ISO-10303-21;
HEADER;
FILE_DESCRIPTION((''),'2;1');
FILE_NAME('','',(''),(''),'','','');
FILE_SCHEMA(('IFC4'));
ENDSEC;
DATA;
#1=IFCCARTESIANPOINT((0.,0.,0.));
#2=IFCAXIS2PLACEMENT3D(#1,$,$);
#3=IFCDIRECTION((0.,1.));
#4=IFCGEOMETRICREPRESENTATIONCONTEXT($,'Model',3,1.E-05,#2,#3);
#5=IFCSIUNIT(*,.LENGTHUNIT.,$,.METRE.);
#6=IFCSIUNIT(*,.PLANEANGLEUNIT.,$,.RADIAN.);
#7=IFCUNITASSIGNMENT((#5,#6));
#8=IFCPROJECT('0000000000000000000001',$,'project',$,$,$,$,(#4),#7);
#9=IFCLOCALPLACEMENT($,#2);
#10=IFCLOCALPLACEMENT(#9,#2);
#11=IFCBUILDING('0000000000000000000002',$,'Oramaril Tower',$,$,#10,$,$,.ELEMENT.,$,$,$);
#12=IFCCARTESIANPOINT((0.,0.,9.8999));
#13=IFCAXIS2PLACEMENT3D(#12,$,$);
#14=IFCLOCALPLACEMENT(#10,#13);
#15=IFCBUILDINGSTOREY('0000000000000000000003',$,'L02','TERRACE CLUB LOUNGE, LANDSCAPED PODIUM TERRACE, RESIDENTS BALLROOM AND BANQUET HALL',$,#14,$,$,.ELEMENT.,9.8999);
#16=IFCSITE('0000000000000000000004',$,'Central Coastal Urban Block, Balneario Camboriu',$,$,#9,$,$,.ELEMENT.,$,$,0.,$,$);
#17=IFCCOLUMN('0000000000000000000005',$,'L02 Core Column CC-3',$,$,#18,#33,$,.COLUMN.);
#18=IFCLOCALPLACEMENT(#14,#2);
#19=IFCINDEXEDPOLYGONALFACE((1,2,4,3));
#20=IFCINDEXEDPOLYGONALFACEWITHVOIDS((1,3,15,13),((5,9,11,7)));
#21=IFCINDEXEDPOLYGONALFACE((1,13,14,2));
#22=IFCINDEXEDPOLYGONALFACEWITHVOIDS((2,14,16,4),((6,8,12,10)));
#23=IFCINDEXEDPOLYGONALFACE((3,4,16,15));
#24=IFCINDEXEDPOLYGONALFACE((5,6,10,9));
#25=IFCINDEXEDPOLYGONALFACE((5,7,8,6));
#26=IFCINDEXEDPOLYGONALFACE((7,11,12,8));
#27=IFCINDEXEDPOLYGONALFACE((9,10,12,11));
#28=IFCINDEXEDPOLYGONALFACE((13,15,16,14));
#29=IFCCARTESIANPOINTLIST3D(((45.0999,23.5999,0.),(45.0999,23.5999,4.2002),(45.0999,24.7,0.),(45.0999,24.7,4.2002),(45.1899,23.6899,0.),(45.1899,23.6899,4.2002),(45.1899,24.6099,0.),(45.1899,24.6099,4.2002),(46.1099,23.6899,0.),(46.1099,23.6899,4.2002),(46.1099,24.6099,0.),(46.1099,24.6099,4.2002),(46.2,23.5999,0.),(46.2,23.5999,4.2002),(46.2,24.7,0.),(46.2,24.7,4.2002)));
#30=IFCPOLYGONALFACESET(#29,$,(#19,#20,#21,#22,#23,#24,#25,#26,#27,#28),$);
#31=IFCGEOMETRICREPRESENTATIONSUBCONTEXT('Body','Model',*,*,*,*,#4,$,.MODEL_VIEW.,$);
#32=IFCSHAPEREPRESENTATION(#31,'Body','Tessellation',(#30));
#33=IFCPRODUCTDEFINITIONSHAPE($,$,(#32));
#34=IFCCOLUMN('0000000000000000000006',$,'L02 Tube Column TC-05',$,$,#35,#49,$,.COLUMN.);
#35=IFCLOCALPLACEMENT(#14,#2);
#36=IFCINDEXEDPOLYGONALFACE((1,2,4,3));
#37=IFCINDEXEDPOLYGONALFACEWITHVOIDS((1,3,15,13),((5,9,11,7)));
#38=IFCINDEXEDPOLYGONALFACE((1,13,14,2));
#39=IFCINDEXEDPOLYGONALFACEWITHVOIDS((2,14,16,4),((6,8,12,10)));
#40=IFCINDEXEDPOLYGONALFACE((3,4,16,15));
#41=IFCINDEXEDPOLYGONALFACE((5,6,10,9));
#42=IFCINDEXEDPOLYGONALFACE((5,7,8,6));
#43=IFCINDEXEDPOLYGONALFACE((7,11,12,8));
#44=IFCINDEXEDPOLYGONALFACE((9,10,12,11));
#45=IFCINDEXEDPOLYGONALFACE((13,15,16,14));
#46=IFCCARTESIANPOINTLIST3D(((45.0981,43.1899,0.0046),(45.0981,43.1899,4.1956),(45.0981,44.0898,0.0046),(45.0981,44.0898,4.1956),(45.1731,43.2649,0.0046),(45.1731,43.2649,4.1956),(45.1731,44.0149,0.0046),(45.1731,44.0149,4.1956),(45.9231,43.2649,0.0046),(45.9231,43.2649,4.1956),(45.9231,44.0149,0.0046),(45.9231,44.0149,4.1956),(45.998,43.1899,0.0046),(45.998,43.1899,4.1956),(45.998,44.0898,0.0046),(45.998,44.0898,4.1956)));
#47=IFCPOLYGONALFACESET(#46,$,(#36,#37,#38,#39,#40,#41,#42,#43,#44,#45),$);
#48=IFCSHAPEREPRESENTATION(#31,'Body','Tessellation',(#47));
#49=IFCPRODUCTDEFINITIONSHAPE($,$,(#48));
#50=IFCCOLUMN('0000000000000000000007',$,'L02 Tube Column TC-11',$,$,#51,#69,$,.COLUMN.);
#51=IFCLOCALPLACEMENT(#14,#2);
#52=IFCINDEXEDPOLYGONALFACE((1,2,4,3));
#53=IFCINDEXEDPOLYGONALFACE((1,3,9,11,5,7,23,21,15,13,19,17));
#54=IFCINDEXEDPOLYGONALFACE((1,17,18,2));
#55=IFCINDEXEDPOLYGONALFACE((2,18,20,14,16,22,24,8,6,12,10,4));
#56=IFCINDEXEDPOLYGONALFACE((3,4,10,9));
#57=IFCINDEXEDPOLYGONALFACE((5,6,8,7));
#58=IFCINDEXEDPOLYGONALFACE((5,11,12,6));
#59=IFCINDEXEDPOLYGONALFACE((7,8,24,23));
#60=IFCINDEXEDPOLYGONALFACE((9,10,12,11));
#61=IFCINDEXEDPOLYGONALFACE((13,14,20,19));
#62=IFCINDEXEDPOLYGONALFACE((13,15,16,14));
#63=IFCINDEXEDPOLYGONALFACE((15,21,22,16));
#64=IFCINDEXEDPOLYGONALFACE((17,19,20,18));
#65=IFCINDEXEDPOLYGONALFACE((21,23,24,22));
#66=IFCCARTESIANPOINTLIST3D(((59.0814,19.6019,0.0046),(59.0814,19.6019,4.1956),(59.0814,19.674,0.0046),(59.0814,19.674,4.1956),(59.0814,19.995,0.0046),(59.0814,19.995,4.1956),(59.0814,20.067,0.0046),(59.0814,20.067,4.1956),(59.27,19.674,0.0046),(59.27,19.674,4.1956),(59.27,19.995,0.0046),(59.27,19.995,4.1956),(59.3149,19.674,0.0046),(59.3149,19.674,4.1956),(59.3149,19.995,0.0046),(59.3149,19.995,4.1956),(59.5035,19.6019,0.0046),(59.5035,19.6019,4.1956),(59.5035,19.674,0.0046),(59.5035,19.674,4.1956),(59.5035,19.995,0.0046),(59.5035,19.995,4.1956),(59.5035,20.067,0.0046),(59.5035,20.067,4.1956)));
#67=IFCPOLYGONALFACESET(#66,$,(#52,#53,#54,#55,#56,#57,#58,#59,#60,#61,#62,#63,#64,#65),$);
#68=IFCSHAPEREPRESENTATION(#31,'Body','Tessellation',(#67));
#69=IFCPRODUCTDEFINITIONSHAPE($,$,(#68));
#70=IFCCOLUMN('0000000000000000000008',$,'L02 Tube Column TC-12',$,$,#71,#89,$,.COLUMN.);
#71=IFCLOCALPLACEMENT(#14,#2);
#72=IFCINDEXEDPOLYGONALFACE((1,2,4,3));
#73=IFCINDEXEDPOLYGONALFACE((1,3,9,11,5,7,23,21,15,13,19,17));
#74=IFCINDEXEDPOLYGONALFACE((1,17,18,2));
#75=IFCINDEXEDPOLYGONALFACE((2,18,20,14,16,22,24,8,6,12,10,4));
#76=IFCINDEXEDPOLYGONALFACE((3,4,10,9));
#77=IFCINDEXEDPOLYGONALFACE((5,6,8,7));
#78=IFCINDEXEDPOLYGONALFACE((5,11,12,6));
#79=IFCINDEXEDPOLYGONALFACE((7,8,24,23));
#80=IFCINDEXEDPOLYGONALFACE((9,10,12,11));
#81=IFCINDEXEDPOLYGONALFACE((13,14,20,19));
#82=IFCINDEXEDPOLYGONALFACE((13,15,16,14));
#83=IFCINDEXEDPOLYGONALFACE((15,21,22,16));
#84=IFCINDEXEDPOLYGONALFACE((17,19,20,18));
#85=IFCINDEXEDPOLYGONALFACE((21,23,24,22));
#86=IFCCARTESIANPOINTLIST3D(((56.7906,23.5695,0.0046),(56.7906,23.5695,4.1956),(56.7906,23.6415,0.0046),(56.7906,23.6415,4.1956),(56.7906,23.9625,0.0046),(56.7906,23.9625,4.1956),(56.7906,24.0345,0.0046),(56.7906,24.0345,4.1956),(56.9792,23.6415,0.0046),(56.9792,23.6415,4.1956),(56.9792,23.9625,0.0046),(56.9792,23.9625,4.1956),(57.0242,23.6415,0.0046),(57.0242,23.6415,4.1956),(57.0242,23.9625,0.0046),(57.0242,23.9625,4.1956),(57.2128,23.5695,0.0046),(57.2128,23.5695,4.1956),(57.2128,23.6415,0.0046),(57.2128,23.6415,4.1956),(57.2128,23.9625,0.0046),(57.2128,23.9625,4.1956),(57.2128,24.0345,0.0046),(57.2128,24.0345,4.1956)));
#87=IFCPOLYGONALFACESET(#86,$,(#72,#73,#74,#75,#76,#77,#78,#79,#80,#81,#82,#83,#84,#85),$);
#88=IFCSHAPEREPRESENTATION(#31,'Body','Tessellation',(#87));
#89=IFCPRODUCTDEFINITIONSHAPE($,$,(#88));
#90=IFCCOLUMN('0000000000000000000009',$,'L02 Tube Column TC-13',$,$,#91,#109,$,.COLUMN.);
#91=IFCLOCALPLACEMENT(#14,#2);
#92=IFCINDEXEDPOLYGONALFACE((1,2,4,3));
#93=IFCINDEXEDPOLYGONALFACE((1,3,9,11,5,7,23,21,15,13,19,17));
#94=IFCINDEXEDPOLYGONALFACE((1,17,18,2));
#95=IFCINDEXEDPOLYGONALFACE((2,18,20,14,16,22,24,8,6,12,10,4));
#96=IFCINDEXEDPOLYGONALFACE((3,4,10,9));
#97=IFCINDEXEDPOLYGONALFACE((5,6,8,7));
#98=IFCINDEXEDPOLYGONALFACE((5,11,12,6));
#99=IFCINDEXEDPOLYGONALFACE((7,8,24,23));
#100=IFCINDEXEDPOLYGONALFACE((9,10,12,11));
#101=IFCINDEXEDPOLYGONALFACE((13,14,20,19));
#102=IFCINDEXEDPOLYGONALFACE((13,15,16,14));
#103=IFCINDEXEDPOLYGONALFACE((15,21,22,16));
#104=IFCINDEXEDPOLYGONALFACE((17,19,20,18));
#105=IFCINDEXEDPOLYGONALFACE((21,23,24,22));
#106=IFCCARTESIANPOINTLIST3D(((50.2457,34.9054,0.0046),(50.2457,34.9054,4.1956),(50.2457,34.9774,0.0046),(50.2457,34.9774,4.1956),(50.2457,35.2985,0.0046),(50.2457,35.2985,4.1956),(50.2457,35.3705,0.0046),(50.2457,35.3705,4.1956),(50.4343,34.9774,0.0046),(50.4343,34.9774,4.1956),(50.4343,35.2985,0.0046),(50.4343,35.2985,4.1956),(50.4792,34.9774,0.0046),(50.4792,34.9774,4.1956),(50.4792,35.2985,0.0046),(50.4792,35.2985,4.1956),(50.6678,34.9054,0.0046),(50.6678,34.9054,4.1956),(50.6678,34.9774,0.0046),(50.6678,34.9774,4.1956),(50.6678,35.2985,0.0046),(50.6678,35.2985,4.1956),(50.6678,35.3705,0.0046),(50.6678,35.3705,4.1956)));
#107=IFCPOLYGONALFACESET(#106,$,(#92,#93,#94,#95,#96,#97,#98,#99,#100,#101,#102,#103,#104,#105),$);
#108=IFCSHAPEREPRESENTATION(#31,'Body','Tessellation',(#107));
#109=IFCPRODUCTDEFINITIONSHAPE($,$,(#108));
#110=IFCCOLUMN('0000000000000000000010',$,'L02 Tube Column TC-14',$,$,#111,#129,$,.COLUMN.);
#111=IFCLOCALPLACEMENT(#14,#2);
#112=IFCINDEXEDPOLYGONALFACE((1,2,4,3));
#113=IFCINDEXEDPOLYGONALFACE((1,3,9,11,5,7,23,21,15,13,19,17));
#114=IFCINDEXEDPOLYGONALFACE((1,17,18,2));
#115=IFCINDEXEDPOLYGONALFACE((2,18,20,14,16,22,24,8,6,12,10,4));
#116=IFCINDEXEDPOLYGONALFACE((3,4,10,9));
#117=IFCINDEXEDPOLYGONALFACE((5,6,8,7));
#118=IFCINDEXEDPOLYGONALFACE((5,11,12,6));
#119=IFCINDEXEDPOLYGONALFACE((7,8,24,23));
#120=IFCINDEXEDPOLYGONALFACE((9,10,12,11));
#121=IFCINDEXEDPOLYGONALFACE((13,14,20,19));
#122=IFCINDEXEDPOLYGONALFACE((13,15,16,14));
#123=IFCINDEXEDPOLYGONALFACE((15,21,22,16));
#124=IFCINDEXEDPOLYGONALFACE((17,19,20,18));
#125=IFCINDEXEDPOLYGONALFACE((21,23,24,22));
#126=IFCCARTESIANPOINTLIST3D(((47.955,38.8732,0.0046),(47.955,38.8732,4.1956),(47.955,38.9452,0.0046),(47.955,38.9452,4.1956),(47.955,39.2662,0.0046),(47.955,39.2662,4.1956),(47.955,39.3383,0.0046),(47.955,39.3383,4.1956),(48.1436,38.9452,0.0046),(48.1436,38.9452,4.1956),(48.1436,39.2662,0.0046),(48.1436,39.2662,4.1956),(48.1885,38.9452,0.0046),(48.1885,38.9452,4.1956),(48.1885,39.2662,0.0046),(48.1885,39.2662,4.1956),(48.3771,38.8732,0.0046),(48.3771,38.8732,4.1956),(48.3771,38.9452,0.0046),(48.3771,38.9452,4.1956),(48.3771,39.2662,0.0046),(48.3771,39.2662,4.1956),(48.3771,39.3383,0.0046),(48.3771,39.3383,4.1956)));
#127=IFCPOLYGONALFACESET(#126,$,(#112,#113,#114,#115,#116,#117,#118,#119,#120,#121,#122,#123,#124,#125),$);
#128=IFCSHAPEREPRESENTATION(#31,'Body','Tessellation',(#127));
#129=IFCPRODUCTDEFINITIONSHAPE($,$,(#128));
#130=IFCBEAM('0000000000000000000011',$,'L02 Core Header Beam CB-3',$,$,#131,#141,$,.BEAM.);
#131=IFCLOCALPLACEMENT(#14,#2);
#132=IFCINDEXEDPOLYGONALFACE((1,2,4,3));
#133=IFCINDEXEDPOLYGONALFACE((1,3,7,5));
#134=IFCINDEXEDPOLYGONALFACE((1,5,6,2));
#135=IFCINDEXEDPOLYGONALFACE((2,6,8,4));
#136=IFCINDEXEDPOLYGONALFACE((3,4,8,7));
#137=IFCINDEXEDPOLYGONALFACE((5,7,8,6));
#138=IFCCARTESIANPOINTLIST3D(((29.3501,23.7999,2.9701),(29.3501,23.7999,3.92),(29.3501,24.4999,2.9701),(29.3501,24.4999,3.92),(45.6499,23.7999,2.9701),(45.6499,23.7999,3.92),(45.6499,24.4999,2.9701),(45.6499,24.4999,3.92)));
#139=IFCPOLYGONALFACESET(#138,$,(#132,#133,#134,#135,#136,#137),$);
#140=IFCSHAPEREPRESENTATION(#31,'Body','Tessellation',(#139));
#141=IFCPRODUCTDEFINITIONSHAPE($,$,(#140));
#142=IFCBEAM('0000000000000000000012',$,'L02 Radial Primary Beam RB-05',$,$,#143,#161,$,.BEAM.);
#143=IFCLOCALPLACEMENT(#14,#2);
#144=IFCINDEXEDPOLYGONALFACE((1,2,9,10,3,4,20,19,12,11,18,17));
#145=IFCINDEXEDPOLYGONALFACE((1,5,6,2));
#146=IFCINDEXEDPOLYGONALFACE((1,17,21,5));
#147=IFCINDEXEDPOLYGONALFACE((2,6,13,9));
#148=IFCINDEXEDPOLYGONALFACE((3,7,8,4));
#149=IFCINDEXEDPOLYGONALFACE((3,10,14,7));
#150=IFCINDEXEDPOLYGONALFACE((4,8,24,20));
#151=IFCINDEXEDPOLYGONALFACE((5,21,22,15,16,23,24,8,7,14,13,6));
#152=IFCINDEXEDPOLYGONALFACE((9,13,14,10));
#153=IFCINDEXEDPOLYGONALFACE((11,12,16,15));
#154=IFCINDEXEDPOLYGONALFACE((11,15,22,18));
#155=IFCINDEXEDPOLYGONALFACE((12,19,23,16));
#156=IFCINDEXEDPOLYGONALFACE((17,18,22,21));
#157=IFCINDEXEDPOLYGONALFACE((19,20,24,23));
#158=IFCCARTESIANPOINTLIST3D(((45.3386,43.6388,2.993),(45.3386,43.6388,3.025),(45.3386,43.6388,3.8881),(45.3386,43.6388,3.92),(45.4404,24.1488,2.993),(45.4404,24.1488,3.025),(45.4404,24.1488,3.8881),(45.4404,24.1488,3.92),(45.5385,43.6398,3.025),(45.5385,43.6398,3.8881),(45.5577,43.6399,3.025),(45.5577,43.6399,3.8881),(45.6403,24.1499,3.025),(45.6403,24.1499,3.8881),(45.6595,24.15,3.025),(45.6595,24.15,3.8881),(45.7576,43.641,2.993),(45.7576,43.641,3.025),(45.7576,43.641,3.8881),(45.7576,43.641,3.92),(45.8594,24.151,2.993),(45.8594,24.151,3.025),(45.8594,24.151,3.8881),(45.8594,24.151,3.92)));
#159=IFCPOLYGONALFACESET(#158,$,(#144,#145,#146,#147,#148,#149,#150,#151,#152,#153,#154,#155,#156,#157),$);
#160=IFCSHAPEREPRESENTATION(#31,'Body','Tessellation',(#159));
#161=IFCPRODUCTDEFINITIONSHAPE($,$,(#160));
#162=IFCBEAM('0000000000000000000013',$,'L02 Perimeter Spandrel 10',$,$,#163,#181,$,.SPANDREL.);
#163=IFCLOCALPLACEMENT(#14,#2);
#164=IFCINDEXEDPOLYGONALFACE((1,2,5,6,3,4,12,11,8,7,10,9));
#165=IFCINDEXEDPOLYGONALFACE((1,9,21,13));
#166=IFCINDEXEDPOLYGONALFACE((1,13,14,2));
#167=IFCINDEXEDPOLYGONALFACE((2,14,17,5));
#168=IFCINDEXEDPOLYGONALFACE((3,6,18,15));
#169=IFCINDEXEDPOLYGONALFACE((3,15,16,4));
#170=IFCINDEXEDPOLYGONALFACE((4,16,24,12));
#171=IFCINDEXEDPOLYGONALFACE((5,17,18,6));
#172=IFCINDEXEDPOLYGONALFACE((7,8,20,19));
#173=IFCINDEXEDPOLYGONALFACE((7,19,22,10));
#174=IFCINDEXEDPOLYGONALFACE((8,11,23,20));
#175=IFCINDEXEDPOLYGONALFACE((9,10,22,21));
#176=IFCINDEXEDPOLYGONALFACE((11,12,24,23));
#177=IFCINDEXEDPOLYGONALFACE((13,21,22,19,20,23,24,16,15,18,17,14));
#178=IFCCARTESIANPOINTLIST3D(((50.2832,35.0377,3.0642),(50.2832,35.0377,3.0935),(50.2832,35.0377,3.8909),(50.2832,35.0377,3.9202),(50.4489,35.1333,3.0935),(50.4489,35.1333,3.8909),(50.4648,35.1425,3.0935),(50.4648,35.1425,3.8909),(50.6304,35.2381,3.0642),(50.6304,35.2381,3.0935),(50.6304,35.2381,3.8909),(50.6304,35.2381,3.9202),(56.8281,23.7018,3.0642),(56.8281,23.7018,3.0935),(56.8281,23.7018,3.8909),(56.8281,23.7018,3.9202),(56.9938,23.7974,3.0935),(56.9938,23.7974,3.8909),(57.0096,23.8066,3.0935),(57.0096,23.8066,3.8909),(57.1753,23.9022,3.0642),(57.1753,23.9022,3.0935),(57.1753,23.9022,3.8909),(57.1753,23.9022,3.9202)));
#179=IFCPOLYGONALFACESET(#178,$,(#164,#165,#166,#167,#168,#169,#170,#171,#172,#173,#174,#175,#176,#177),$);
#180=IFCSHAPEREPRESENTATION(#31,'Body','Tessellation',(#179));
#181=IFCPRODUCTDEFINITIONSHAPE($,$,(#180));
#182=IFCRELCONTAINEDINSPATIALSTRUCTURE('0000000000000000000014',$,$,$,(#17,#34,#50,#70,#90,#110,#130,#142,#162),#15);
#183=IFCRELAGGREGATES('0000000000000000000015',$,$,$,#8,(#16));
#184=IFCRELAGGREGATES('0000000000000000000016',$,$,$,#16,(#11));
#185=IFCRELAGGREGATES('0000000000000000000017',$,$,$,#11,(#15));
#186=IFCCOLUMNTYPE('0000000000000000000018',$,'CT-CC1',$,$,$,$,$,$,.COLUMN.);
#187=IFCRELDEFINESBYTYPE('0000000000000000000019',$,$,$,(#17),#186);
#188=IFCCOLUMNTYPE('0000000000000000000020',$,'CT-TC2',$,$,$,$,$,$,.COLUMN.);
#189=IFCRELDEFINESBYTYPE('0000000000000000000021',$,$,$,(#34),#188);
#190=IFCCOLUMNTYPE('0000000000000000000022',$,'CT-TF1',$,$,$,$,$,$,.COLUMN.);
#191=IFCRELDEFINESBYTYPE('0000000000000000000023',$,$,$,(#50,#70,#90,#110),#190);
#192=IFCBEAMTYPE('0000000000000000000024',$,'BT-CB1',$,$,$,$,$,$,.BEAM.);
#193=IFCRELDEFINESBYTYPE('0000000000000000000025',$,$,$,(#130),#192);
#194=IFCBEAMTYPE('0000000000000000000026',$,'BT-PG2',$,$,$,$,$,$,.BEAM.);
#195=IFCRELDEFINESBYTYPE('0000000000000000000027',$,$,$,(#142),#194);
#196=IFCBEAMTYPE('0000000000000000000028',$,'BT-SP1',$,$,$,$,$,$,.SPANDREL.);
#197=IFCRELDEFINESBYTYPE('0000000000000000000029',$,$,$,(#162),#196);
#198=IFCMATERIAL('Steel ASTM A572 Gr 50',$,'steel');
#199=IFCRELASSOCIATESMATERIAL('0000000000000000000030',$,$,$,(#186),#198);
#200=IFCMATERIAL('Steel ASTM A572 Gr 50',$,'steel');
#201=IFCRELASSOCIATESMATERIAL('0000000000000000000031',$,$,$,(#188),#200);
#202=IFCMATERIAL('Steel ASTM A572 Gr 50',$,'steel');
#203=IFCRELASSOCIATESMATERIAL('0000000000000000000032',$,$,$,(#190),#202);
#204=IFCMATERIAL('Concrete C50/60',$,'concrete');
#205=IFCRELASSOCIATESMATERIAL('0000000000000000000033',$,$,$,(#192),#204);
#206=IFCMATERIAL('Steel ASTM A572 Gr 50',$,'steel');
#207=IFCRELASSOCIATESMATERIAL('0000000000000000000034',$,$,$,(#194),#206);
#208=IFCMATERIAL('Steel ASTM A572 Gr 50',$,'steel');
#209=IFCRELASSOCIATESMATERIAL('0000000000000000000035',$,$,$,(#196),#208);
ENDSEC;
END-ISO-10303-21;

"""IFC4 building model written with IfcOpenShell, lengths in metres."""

from ifc_helpers import new_model, si_unit, direction, frame, origin, origin_2d, place, context, subcontext, project, spatial, rectangle, hollow_rectangle, i_section, extrude, material, material_profile, profile_set, type_object, element, save


model = new_model("IFC4")

# Units and contexts
model_context = context("Model", 3, precision=1e-05, world=origin(), true_north=direction((0.0, 1.0)))
body_context = subcontext(model_context, "Body", "Model", "MODEL_VIEW")
ifc_project = project(units=[si_unit("LENGTHUNIT", "METRE"), si_unit("PLANEANGLEUNIT", "RADIAN")], contexts=[model_context])

# Site, building, storey
site_placement = place(None, origin())
site = spatial("IfcSite", under=ifc_project, at=site_placement, Name="Central Coastal Urban Block, Balneario Camboriu", CompositionType="ELEMENT", RefElevation=0.0)
building_placement = place(site_placement, origin())
building = spatial("IfcBuilding", under=site, at=building_placement, Name="Oramaril Tower", CompositionType="ELEMENT")
storey_placement = place(building_placement, frame((0.0, 0.0, 9.8999)))
storey = spatial("IfcBuildingStorey", under=building, at=storey_placement, Name="L02", Description="TERRACE CLUB LOUNGE, LANDSCAPED PODIUM TERRACE, RESIDENTS BALLROOM AND BANQUET HALL", CompositionType="ELEMENT", Elevation=9.8999)

# Columns
ifc_material_1 = material(Name="Steel ASTM A572 Gr 50", Category="steel")
ifc_material_profile_1 = material_profile(ifc_material_1, hollow_rectangle(XDim=1.1001, YDim=1.1001, WallThickness=0.0901, at=origin_2d()), Name="BOX1100X1100X90")
ifc_profile_set_1 = profile_set([ifc_material_profile_1], Name="Steel ASTM A572 Gr 50")
column_type_1 = type_object("IfcColumnType", Name="CT-CC1", PredefinedType="COLUMN", material=ifc_profile_set_1)
column_1_placement = place(storey_placement, frame((45.6499, 24.1499, 0.0), z_axis=(0.0, 0.0, 1.0), x_axis=(1.0, 0.0, 0.0)))
element("IfcColumn", 1, at=column_1_placement, inside=storey, type_object=column_type_1, Name="L02 Core Column CC-3", PredefinedType="COLUMN", context=body_context, shape_type="SweptSolid", body=[
    extrude(hollow_rectangle(XDim=1.1001, YDim=1.1001, WallThickness=0.0901, at=origin_2d()), origin(), (0.0, 0.0, 1.0), 4.2002),
])
ifc_material_2 = material(Name="Steel ASTM A572 Gr 50", Category="steel")
ifc_material_profile_2 = material_profile(ifc_material_2, hollow_rectangle(XDim=0.8999, YDim=0.8999, WallThickness=0.075, at=origin_2d()), Name="BOX900X900X75")
ifc_profile_set_2 = profile_set([ifc_material_profile_2], Name="Steel ASTM A572 Gr 50")
column_type_2 = type_object("IfcColumnType", Name="CT-TC2", PredefinedType="COLUMN", material=ifc_profile_set_2)
column_2_placement = place(storey_placement, frame((45.5481, 43.6399, 0.0046), z_axis=(0.0, 0.0, 1.0), x_axis=(1.0, 0.0, 0.0)))
element("IfcColumn", 2, at=column_2_placement, inside=storey, type_object=column_type_2, Name="L02 Tube Column TC-05", PredefinedType="COLUMN", context=body_context, shape_type="SweptSolid", body=[
    extrude(hollow_rectangle(XDim=0.8999, YDim=0.8999, WallThickness=0.075, at=origin_2d()), origin(), (0.0, 0.0, 1.0), 4.1909),
])
ifc_material_3 = material(Name="Steel ASTM A572 Gr 50", Category="steel")
ifc_material_profile_3 = material_profile(ifc_material_3, i_section(OverallWidth=0.4221, OverallDepth=0.4651, WebThickness=0.0449, FlangeThickness=0.072, at=origin_2d()), Name="W14X398")
ifc_profile_set_3 = profile_set([ifc_material_profile_3], Name="Steel ASTM A572 Gr 50")
column_type_3 = type_object("IfcColumnType", Name="CT-TF1", PredefinedType="COLUMN", material=ifc_profile_set_3)
for number, where, z_axis, x_axis, name in (
    (3, (59.2925, 19.8345, 0.0046), (0.0, 0.0, 1.0), (1.0, 0.0, 0.0), "L02 Tube Column TC-11"),
    (4, (57.0017, 23.802, 0.0046), (0.0, 0.0, 1.0), (1.0, 0.0, 0.0), "L02 Tube Column TC-12"),
    (5, (50.4568, 35.1379, 0.0046), (0.0, 0.0, 1.0), (1.0, 0.0, 0.0), "L02 Tube Column TC-13"),
    (6, (48.166, 39.1057, 0.0046), (0.0, 0.0, 1.0), (1.0, 0.0, 0.0), "L02 Tube Column TC-14"),
):
    element("IfcColumn", number, at=place(storey_placement, frame(where, z_axis=z_axis, x_axis=x_axis)), inside=storey, type_object=column_type_3, Name=name, PredefinedType="COLUMN", context=body_context, shape_type="SweptSolid", body=[
        extrude(i_section(OverallWidth=0.4221, OverallDepth=0.4651, WebThickness=0.0449, FlangeThickness=0.072, at=origin_2d()), origin(), (0.0, 0.0, 1.0), 4.1909),
    ])

# Beams
ifc_material_4 = material(Name="Concrete C50/60", Category="concrete")
ifc_material_profile_4 = material_profile(ifc_material_4, rectangle(XDim=0.7, YDim=0.95, at=origin_2d()), Name="CB700X950")
ifc_profile_set_4 = profile_set([ifc_material_profile_4], Name="Concrete C50/60")
beam_type_1 = type_object("IfcBeamType", Name="BT-CB1", PredefinedType="BEAM", material=ifc_profile_set_4)
beam_1_placement = place(storey_placement, frame((45.6499, 24.1499, 3.4451), z_axis=(-1.0, 0.0, 0.0), x_axis=(0.0, -1.0, 0.0)))
element("IfcBeam", 7, at=beam_1_placement, inside=storey, type_object=beam_type_1, Name="L02 Core Header Beam CB-3", PredefinedType="BEAM", context=body_context, shape_type="SweptSolid", body=[
    extrude(rectangle(XDim=0.7, YDim=0.95, at=origin_2d()), origin(), (0.0, 0.0, 1.0), 16.2998),
])
ifc_material_5 = material(Name="Steel ASTM A572 Gr 50", Category="steel")
ifc_material_profile_5 = material_profile(ifc_material_5, i_section(OverallWidth=0.4189, OverallDepth=0.927, WebThickness=0.0193, FlangeThickness=0.032, at=origin_2d()), Name="W36X231")
ifc_profile_set_5 = profile_set([ifc_material_profile_5], Name="Steel ASTM A572 Gr 50")
beam_type_2 = type_object("IfcBeamType", Name="BT-PG2", PredefinedType="BEAM", material=ifc_profile_set_5)
beam_2_placement = place(storey_placement, frame((45.6499, 24.1499, 3.4565), z_axis=(-0.005223, 0.999986, 0.0), x_axis=(-0.999986, -0.005223, 0.0)))
element("IfcBeam", 8, at=beam_2_placement, inside=storey, type_object=beam_type_2, Name="L02 Radial Primary Beam RB-05", PredefinedType="BEAM", context=body_context, shape_type="SweptSolid", body=[
    extrude(i_section(OverallWidth=0.4189, OverallDepth=0.927, WebThickness=0.0193, FlangeThickness=0.032, at=origin_2d()), origin(), (0.0, 0.0, 1.0), 19.4902),
])
ifc_material_6 = material(Name="Steel ASTM A572 Gr 50", Category="steel")
ifc_material_profile_6 = material_profile(ifc_material_6, i_section(OverallWidth=0.4009, OverallDepth=0.856, WebThickness=0.0183, FlangeThickness=0.0293, at=origin_2d()), Name="W33X201")
ifc_profile_set_6 = profile_set([ifc_material_profile_6], Name="Steel ASTM A572 Gr 50")
beam_type_3 = type_object("IfcBeamType", Name="BT-SP1", PredefinedType="SPANDREL", material=ifc_profile_set_6)
beam_3_placement = place(storey_placement, frame((57.0017, 23.802, 3.4922), z_axis=(-0.500007, 0.866022, 0.0), x_axis=(-0.866022, -0.500007, 0.0)))
element("IfcBeam", 9, at=beam_3_placement, inside=storey, type_object=beam_type_3, Name="L02 Perimeter Spandrel 10", PredefinedType="SPANDREL", context=body_context, shape_type="SweptSolid", body=[
    extrude(i_section(OverallWidth=0.4009, OverallDepth=0.856, WebThickness=0.0183, FlangeThickness=0.0293, at=origin_2d()), origin(), (0.0, 0.0, 1.0), 13.0896),
])

save(model, "model.ifc")
